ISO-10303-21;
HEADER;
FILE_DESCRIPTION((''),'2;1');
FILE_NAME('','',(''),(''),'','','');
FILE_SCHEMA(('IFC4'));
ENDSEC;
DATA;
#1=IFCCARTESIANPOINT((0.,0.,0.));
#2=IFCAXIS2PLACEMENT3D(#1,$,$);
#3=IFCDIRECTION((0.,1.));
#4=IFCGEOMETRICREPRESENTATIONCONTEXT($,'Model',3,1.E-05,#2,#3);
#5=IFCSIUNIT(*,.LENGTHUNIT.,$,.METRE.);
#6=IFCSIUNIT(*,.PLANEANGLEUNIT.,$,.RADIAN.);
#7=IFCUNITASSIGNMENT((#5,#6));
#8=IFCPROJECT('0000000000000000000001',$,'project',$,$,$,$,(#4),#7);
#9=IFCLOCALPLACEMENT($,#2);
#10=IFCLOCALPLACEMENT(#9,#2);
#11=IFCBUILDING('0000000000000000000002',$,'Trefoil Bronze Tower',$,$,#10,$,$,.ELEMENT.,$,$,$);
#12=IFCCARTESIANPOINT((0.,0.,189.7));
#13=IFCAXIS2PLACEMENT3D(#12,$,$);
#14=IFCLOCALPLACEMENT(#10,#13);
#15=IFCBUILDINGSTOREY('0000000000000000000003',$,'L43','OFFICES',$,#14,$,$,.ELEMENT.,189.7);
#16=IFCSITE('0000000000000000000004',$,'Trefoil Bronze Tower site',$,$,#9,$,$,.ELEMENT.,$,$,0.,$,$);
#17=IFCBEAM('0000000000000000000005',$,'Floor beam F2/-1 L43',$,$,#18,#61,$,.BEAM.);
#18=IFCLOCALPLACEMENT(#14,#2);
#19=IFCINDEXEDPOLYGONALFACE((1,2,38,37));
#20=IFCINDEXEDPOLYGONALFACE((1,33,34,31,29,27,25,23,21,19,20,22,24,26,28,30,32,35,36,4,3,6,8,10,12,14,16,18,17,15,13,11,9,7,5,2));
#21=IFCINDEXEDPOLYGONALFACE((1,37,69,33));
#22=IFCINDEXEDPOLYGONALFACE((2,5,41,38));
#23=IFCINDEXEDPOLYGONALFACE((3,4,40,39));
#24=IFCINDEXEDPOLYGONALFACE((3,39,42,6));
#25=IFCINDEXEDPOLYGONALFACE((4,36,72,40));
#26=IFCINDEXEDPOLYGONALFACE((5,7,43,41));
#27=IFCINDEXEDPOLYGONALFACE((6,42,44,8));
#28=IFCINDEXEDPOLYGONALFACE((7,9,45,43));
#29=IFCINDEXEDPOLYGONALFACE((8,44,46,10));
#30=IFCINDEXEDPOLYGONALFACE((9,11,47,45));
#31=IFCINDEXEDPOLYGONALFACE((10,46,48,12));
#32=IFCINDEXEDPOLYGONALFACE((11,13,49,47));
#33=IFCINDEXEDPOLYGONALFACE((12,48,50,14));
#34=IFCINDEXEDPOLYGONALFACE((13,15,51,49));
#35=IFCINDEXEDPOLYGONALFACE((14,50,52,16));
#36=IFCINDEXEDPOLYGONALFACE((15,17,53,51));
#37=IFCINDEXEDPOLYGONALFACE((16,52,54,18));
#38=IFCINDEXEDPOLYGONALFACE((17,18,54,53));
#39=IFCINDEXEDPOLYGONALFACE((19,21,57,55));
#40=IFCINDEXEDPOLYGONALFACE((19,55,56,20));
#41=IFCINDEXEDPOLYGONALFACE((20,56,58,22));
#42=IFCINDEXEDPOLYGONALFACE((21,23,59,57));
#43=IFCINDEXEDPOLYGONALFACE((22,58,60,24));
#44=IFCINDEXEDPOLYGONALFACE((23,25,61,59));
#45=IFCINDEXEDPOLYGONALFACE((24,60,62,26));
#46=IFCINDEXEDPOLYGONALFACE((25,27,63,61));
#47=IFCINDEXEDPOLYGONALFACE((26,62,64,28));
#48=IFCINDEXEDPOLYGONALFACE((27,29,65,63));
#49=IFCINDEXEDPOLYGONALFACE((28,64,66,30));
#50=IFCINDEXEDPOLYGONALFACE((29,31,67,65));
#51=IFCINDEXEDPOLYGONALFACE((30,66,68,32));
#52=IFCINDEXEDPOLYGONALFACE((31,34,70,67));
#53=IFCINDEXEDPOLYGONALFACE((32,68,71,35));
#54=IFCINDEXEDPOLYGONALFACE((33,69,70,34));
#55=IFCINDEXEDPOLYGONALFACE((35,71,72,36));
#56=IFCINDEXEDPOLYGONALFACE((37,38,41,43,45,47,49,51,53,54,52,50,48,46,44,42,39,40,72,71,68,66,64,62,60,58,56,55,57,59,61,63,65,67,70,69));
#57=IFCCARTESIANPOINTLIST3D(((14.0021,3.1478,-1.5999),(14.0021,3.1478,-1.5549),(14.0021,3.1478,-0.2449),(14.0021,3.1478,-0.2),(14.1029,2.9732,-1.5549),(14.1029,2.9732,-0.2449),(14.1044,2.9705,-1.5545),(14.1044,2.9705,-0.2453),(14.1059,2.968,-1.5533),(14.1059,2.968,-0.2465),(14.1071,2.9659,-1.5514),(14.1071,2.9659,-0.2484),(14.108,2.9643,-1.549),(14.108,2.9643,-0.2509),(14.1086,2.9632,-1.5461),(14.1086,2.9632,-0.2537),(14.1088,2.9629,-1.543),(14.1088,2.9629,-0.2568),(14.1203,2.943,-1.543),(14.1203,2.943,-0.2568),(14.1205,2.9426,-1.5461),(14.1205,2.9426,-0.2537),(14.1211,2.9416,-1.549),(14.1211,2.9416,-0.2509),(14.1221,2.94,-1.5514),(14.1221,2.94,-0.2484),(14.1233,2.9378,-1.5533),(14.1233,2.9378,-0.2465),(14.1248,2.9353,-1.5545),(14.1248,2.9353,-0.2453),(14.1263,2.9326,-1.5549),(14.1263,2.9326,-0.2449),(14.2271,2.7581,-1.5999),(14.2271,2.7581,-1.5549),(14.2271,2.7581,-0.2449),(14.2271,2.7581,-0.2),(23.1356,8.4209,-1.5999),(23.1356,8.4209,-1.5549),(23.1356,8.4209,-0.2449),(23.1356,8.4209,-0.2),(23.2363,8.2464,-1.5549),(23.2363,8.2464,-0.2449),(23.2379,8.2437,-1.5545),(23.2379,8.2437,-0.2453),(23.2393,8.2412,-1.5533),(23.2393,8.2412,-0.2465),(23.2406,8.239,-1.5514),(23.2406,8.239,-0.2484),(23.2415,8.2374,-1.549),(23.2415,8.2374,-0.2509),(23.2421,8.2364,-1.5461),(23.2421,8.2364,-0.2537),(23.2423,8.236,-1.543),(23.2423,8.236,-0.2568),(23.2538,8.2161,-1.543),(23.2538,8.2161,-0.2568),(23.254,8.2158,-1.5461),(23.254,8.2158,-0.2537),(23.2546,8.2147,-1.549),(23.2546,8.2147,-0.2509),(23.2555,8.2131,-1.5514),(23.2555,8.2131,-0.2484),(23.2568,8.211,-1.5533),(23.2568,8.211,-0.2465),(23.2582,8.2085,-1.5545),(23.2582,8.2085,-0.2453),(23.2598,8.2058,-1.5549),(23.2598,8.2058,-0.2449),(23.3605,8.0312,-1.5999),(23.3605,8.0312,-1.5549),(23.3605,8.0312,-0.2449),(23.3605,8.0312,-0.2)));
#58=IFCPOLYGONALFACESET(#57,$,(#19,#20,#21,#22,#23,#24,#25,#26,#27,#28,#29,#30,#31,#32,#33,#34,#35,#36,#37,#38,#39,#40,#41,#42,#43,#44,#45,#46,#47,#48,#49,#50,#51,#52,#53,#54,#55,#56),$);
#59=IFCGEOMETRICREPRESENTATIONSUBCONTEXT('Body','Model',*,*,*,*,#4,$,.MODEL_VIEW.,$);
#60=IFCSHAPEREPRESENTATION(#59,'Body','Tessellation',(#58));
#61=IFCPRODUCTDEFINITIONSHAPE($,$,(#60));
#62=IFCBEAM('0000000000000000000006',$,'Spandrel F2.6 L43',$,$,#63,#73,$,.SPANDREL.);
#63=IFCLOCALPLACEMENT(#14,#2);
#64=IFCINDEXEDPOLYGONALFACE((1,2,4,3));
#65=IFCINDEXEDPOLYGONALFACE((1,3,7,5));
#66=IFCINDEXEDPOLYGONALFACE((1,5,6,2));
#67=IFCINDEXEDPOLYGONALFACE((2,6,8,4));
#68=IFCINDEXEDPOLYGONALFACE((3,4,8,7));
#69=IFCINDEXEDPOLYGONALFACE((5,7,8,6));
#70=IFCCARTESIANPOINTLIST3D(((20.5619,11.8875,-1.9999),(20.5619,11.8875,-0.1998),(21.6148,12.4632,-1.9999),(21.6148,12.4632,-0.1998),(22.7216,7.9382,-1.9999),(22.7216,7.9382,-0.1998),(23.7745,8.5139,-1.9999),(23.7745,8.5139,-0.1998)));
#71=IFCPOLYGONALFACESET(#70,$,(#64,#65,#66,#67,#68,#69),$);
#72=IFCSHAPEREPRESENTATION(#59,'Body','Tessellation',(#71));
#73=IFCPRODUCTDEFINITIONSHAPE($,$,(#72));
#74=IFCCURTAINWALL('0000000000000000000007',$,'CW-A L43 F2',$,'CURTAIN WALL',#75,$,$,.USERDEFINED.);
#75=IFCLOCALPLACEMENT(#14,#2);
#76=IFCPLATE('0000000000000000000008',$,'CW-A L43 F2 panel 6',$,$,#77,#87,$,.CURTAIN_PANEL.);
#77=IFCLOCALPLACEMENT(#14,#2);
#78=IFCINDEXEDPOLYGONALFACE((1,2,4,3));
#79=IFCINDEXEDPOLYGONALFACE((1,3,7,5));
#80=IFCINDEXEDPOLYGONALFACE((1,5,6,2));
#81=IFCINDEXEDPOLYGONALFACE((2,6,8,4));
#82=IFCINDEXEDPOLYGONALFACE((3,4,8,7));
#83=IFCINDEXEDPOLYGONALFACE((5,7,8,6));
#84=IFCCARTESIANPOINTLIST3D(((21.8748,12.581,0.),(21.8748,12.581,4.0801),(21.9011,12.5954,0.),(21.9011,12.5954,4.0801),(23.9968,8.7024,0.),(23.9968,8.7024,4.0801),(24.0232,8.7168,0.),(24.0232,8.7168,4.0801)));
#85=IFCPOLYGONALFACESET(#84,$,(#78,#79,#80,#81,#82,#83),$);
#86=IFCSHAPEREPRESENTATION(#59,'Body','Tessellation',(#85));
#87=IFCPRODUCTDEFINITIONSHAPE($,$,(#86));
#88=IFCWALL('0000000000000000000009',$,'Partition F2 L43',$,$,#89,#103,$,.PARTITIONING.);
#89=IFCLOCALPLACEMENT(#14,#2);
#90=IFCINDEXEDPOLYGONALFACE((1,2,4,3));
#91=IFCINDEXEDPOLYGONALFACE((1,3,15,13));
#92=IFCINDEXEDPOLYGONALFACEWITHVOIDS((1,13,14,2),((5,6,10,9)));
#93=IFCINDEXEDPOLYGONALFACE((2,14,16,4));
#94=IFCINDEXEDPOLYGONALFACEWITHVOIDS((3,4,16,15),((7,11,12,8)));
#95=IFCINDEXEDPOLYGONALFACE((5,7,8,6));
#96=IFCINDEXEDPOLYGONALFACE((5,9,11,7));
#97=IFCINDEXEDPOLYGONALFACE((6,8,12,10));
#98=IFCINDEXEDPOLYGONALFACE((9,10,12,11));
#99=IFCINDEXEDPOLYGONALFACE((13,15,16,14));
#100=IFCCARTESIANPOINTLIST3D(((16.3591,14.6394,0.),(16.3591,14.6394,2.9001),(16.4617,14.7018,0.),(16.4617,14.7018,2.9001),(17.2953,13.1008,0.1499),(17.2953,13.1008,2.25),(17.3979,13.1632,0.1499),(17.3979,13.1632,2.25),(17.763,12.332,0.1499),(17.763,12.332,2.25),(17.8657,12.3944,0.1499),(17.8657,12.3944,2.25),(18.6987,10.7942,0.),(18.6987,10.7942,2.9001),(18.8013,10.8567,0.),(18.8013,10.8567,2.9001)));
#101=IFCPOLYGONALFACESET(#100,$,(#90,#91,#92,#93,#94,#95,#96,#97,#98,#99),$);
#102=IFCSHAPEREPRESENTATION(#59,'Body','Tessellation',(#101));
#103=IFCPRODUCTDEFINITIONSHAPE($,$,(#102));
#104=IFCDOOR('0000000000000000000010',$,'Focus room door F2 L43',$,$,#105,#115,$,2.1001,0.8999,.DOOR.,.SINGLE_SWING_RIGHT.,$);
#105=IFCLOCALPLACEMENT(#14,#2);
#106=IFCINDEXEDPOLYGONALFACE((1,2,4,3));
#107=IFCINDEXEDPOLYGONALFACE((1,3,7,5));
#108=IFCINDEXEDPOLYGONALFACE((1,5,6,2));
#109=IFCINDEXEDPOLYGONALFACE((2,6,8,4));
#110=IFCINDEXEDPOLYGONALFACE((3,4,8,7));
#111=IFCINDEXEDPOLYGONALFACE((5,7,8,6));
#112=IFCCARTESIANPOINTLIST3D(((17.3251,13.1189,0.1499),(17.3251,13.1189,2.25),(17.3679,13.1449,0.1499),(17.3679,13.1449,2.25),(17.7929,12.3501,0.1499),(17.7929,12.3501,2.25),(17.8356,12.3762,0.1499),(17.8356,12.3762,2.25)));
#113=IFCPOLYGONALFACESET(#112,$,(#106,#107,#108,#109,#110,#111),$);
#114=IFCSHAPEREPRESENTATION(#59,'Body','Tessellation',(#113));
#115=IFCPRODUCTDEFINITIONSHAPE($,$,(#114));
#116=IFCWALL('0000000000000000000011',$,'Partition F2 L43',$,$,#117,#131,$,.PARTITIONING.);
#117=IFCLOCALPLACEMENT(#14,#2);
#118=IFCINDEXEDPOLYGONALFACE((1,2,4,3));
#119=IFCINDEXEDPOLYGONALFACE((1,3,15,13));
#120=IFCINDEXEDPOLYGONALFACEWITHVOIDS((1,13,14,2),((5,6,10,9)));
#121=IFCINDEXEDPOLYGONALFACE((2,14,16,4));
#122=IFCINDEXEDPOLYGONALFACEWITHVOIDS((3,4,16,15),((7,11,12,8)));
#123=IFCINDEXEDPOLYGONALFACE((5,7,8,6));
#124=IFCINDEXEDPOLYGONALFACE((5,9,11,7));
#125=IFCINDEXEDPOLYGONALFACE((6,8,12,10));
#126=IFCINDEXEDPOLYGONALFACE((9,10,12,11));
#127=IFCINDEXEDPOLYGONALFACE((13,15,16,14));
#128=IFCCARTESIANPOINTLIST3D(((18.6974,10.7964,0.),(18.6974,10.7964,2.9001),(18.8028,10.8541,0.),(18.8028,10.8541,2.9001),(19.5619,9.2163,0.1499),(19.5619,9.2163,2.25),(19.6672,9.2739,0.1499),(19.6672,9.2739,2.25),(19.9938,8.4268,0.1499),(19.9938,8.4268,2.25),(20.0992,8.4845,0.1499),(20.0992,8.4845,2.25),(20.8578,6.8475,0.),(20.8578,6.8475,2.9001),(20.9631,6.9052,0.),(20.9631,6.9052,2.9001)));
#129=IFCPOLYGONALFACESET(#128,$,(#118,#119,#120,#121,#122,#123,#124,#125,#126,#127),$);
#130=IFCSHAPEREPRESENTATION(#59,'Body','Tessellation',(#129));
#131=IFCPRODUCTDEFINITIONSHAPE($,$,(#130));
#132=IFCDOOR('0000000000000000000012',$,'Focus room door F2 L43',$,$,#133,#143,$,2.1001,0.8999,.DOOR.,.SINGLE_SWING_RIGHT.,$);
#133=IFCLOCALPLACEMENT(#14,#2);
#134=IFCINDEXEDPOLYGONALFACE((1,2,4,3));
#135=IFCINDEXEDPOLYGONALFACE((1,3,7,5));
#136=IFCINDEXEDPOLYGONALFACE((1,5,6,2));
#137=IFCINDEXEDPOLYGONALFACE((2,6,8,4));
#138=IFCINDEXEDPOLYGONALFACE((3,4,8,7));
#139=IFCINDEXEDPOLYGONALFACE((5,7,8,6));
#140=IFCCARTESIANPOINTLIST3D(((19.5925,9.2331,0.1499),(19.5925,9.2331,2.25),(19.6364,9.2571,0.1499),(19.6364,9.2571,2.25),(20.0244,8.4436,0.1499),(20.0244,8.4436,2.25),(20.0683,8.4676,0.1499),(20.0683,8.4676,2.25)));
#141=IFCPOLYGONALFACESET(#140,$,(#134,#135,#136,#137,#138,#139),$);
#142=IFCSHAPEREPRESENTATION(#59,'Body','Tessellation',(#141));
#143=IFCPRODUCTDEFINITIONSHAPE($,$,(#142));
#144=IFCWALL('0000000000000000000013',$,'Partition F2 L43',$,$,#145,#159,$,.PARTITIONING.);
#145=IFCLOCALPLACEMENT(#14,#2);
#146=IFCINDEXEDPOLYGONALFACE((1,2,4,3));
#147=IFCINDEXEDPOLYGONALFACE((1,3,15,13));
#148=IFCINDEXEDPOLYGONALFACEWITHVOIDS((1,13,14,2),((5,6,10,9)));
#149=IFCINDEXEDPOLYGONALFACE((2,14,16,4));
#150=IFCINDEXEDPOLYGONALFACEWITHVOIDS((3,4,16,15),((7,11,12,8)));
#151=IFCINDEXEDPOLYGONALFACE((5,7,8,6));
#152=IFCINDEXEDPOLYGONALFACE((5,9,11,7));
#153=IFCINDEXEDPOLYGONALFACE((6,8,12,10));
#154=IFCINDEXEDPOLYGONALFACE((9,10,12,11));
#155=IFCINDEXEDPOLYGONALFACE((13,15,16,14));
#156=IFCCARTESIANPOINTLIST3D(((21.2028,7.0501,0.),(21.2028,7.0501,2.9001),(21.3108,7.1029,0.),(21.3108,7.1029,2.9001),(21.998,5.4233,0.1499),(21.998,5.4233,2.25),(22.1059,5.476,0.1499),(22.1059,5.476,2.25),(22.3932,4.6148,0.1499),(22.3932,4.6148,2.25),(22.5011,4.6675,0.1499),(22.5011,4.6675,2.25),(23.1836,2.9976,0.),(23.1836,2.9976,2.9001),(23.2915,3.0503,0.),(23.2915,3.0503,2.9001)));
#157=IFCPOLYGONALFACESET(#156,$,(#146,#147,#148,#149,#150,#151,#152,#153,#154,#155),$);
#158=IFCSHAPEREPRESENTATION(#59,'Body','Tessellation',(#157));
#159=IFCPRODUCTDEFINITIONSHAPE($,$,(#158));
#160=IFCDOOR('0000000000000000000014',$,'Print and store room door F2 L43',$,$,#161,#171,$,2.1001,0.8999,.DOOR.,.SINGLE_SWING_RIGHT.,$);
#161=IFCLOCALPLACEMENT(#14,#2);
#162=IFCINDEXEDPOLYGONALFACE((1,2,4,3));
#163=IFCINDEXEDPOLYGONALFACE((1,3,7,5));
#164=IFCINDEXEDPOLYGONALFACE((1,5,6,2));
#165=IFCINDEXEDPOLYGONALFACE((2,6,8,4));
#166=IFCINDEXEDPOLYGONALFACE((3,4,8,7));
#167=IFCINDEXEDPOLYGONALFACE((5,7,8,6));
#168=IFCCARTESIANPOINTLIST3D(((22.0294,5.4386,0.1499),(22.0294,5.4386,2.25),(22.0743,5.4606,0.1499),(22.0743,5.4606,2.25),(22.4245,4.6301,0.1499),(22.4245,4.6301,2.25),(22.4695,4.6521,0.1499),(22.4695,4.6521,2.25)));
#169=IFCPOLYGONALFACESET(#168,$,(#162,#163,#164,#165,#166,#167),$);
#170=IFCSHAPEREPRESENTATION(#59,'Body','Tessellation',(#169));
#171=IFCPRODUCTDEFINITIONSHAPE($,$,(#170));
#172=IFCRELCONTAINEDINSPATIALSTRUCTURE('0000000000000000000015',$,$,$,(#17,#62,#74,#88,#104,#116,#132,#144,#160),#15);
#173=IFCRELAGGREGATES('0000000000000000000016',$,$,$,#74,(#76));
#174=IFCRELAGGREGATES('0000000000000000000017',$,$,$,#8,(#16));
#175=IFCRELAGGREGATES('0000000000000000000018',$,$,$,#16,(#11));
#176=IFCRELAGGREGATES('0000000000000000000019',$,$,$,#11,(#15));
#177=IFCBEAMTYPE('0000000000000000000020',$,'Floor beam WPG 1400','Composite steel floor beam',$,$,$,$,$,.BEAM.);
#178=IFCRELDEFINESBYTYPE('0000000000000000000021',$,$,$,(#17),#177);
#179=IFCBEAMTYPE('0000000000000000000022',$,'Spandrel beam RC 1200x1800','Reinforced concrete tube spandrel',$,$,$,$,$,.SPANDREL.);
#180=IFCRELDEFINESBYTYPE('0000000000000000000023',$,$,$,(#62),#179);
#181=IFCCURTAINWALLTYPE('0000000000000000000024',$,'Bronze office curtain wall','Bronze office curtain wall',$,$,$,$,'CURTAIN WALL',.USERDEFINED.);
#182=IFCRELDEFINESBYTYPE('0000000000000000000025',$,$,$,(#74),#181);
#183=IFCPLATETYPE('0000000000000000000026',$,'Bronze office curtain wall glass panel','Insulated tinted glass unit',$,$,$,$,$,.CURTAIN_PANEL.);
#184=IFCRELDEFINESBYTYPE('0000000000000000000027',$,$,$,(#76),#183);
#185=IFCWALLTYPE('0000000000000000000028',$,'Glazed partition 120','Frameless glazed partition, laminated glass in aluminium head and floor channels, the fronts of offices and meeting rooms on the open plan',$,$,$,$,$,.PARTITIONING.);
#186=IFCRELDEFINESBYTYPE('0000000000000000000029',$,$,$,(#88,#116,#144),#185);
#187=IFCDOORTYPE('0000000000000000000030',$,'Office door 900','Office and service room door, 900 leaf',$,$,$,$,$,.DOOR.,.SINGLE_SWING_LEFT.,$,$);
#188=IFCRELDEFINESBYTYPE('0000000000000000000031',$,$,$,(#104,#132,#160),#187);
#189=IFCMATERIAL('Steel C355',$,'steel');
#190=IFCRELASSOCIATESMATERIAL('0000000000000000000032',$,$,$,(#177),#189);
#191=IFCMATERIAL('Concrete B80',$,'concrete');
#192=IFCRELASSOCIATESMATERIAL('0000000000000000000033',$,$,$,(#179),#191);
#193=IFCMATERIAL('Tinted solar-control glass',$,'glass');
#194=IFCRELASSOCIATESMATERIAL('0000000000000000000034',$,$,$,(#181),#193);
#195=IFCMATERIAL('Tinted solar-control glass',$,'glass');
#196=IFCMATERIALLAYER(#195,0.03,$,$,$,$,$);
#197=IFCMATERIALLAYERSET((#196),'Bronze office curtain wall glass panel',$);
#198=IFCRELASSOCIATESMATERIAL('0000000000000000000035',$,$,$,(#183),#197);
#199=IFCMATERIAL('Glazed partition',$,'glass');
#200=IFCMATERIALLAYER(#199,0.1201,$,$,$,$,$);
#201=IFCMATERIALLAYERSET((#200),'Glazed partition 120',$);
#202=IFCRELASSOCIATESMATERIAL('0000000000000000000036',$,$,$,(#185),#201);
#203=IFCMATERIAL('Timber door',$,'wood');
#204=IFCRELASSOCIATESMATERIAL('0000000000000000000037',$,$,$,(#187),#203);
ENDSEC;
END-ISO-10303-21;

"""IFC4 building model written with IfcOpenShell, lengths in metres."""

from ifc_helpers import new_model, si_unit, direction, frame, frame_2d, origin, origin_2d, place, context, subcontext, project, spatial, rectangle, i_section, extrude, material, layer, layer_set, material_profile, profile_set, type_object, element, fill, aggregate, save


model = new_model("IFC4")

# Units and contexts
model_context = context("Model", 3, precision=1e-05, world=origin(), true_north=direction((0.0, 1.0)))
body_context = subcontext(model_context, "Body", "Model", "MODEL_VIEW")
ifc_project = project(units=[si_unit("LENGTHUNIT", "METRE"), si_unit("PLANEANGLEUNIT", "RADIAN")], contexts=[model_context])

# Site, building, storey
site_placement = place(None, origin())
site = spatial("IfcSite", under=ifc_project, at=site_placement, Name="Trefoil Bronze Tower site", CompositionType="ELEMENT", RefElevation=0.0)
building_placement = place(site_placement, origin())
building = spatial("IfcBuilding", under=site, at=building_placement, Name="Trefoil Bronze Tower", CompositionType="ELEMENT")
storey_placement = place(building_placement, frame((0.0, 0.0, 189.7)))
storey = spatial("IfcBuildingStorey", under=building, at=storey_placement, Name="L43", Description="OFFICES", CompositionType="ELEMENT", Elevation=189.7)

# Beams
ifc_material_1 = material(Name="Steel C355", Category="steel")
ifc_material_profile_1 = material_profile(ifc_material_1, i_section(OverallWidth=0.45, OverallDepth=1.3999, WebThickness=0.0229, FlangeThickness=0.0449, FilletRadius=0.012, at=origin_2d()), Name="WPG 1400")
ifc_profile_set_1 = profile_set([ifc_material_profile_1], Name="Steel C355")
beam_type_1 = type_object("IfcBeamType", Name="Floor beam WPG 1400", Description="Composite steel floor beam", PredefinedType="BEAM", material=ifc_profile_set_1)
beam_1_placement = place(storey_placement, frame((23.248, 8.2261, -0.8999), z_axis=(-0.866028, -0.499996, 0.0), x_axis=(0.499996, -0.866028, 0.0)))
element("IfcBeam", 1, at=beam_1_placement, inside=storey, type_object=beam_type_1, Name="Floor beam F2/-1 L43", PredefinedType="BEAM", context=body_context, shape_type="SweptSolid", body=[
    extrude(i_section(OverallWidth=0.45, OverallDepth=1.3999, WebThickness=0.0229, FlangeThickness=0.0449, FilletRadius=0.012, at=origin_2d()), origin(), (0.0, 0.0, 1.0), 10.5464),
])
ifc_material_2 = material(Name="Concrete B80", Category="concrete")
ifc_material_profile_2 = material_profile(ifc_material_2, rectangle(XDim=1.2, YDim=1.8, at=origin_2d()), Name="RC 1200x1800")
ifc_profile_set_2 = profile_set([ifc_material_profile_2], Name="Concrete B80")
beam_type_2 = type_object("IfcBeamType", Name="Spandrel beam RC 1200x1800", Description="Reinforced concrete tube spandrel", PredefinedType="SPANDREL", material=ifc_profile_set_2)
beam_2_placement = place(storey_placement, frame((23.248, 8.2261, -1.0999), z_axis=(-0.479802, 0.877377, 0.0), x_axis=(-0.877377, -0.479802, 0.0)))
element("IfcBeam", 2, at=beam_2_placement, inside=storey, type_object=beam_type_2, Name="Spandrel F2.6 L43", PredefinedType="SPANDREL", context=body_context, shape_type="SweptSolid", body=[
    extrude(rectangle(XDim=1.2, YDim=1.8, at=origin_2d()), origin(), (0.0, 0.0, 1.0), 4.5012),
])

# Curtain wall, plate
ifc_material_3 = material(Name="Tinted solar-control glass", Category="glass")
curtain_wall_type = type_object("IfcCurtainWallType", Name="Bronze office curtain wall", Description="Bronze office curtain wall", ElementType="CURTAIN WALL", PredefinedType="USERDEFINED", material=ifc_material_3)
curtain_wall_placement = place(storey_placement, origin())
curtain_wall = element("IfcCurtainWall", 3, at=curtain_wall_placement, inside=storey, type_object=curtain_wall_type, Name="CW-A L43 F2", ObjectType="CURTAIN WALL", PredefinedType="USERDEFINED")
ifc_material_4 = material(Name="Tinted solar-control glass", Category="glass")
ifc_layer_1 = layer(ifc_material_4, 0.03)
ifc_layer_set_1 = layer_set([ifc_layer_1], Name="Bronze office curtain wall glass panel")
plate_type = type_object("IfcPlateType", Name="Bronze office curtain wall glass panel", Description="Insulated tinted glass unit", PredefinedType="CURTAIN_PANEL", material=ifc_layer_set_1)
plate_placement = place(storey_placement, frame((22.949, 10.6489, 0.0), z_axis=(0.0, 0.0, 1.0), x_axis=(-0.479974, 0.877283, 0.0)))
plate = element("IfcPlate", 4, at=plate_placement, type_object=plate_type, Name="CW-A L43 F2 panel 6", PredefinedType="CURTAIN_PANEL", context=body_context, shape_type="SweptSolid", body=[
    extrude(rectangle(XDim=4.4211, YDim=0.03, at=origin_2d()), origin(), (0.0, 0.0, 1.0), 4.0801),
])
aggregate(curtain_wall, [plate])

# Walls, openings, doors
ifc_material_5 = material(Name="Glazed partition", Category="glass")
ifc_layer_2 = layer(ifc_material_5, 0.1201)
ifc_layer_set_2 = layer_set([ifc_layer_2], Name="Glazed partition 120")
wall_type_1 = type_object("IfcWallType", Name="Glazed partition 120", Description="Frameless glazed partition, laminated glass in aluminium head and floor channels, the fronts of offices and meeting rooms on the open plan", PredefinedType="PARTITIONING", material=ifc_layer_set_2)
wall_1_placement = place(storey_placement, frame((18.75, 10.8254, 0.0), z_axis=(0.0, 0.0, 1.0), x_axis=(-0.51979, 0.854294, 0.0)))
wall_1 = element("IfcWall", 5, at=wall_1_placement, inside=storey, type_object=wall_type_1, Name="Partition F2 L43", PredefinedType="PARTITIONING", context=body_context, shape_type="SweptSolid", body=[
    extrude(rectangle(XDim=4.501, YDim=0.1201, at=frame_2d((2.2505, 0.0))), origin(), (0.0, 0.0, 1.0), 2.9001),
])
opening_1_placement = place(wall_1_placement, frame((1.8, 0.0, 0.1499)))
opening_1 = element("IfcOpeningElement", 6, at=opening_1_placement, cuts=wall_1, PredefinedType="OPENING", context=body_context, shape_type="SweptSolid", body=[
    extrude(rectangle(XDim=0.8999, YDim=2.1001, at=frame_2d((0.45, 1.05))), frame((0.0, 0.0701, 0.0), z_axis=(0.0, -1.0, 0.0), x_axis=(1.0, 0.0, 0.0)), (0.0, 0.0, 1.0), 0.1401),
])
ifc_material_6 = material(Name="Timber door", Category="wood")
door_type_1 = type_object("IfcDoorType", Name="Office door 900", Description="Office and service room door, 900 leaf", OperationType="SINGLE_SWING_LEFT", PredefinedType="DOOR", material=ifc_material_6)
door_1_placement = place(opening_1_placement, frame((0.8999, 0.0, 0.0), z_axis=(0.0, 0.0, 1.0), x_axis=(-1.0, 0.0, 0.0)))
door_1 = element("IfcDoor", 7, at=door_1_placement, inside=storey, type_object=door_type_1, Name="Focus room door F2 L43", OperationType="SINGLE_SWING_RIGHT", OverallHeight=2.1001, OverallWidth=0.8999, PredefinedType="DOOR", context=body_context, shape_type="SweptSolid", body=[
    extrude(rectangle(XDim=0.8999, YDim=2.1001, at=frame_2d((0.45, 1.05))), frame((0.0, 0.0249, 0.0), z_axis=(0.0, -1.0, 0.0), x_axis=(1.0, 0.0, 0.0)), (0.0, 0.0, 1.0), 0.05),
])
fill(opening_1, door_1)
wall_2_placement = place(storey_placement, frame((20.9104, 6.8765, 0.0), z_axis=(0.0, 0.0, 1.0), x_axis=(-0.47995, 0.877296, 0.0)))
wall_2 = element("IfcWall", 8, at=wall_2_placement, inside=storey, type_object=wall_type_1, Name="Partition F2 L43", PredefinedType="PARTITIONING", context=body_context, shape_type="SweptSolid", body=[
    extrude(rectangle(XDim=4.5012, YDim=0.1201, at=frame_2d((2.2505, 0.0))), origin(), (0.0, 0.0, 1.0), 2.9001),
])
opening_2_placement = place(wall_2_placement, frame((1.8, 0.0, 0.1499)))
opening_2 = element("IfcOpeningElement", 9, at=opening_2_placement, cuts=wall_2, PredefinedType="OPENING", context=body_context, shape_type="SweptSolid", body=[
    extrude(rectangle(XDim=0.8999, YDim=2.1001, at=frame_2d((0.45, 1.05))), frame((0.0, 0.0701, 0.0), z_axis=(0.0, -1.0, 0.0), x_axis=(1.0, 0.0, 0.0)), (0.0, 0.0, 1.0), 0.1401),
])
door_2_placement = place(opening_2_placement, frame((0.8999, 0.0, 0.0), z_axis=(0.0, 0.0, 1.0), x_axis=(-1.0, 0.0, 0.0)))
door_2 = element("IfcDoor", 10, at=door_2_placement, inside=storey, type_object=door_type_1, Name="Focus room door F2 L43", OperationType="SINGLE_SWING_RIGHT", OverallHeight=2.1001, OverallWidth=0.8999, PredefinedType="DOOR", context=body_context, shape_type="SweptSolid", body=[
    extrude(rectangle(XDim=0.8999, YDim=2.1001, at=frame_2d((0.45, 1.05))), frame((0.0, 0.0249, 0.0), z_axis=(0.0, -1.0, 0.0), x_axis=(1.0, 0.0, 0.0)), (0.0, 0.0, 1.0), 0.05),
])
fill(opening_2, door_2)
wall_3_placement = place(storey_placement, frame((23.2375, 3.0239, 0.0), z_axis=(0.0, 0.0, 1.0), x_axis=(-0.43912, 0.898428, 0.0)))
wall_3 = element("IfcWall", 11, at=wall_3_placement, inside=storey, type_object=wall_type_1, Name="Partition F2 L43", PredefinedType="PARTITIONING", context=body_context, shape_type="SweptSolid", body=[
    extrude(rectangle(XDim=4.5107, YDim=0.1201, at=frame_2d((2.2554, 0.0))), origin(), (0.0, 0.0, 1.0), 2.9001),
])
opening_3_placement = place(wall_3_placement, frame((1.8, 0.0, 0.1499)))
opening_3 = element("IfcOpeningElement", 12, at=opening_3_placement, cuts=wall_3, PredefinedType="OPENING", context=body_context, shape_type="SweptSolid", body=[
    extrude(rectangle(XDim=0.8999, YDim=2.1001, at=frame_2d((0.45, 1.05))), frame((0.0, 0.0701, 0.0), z_axis=(0.0, -1.0, 0.0), x_axis=(1.0, 0.0, 0.0)), (0.0, 0.0, 1.0), 0.1401),
])
door_3_placement = place(opening_3_placement, frame((0.8999, 0.0, 0.0), z_axis=(0.0, 0.0, 1.0), x_axis=(-1.0, 0.0, 0.0)))
door_3 = element("IfcDoor", 13, at=door_3_placement, inside=storey, type_object=door_type_1, Name="Print and store room door F2 L43", OperationType="SINGLE_SWING_RIGHT", OverallHeight=2.1001, OverallWidth=0.8999, PredefinedType="DOOR", context=body_context, shape_type="SweptSolid", body=[
    extrude(rectangle(XDim=0.8999, YDim=2.1001, at=frame_2d((0.45, 1.05))), frame((0.0, 0.0249, 0.0), z_axis=(0.0, -1.0, 0.0), x_axis=(1.0, 0.0, 0.0)), (0.0, 0.0, 1.0), 0.05),
])
fill(opening_3, door_3)

save(model, "model.ifc")
